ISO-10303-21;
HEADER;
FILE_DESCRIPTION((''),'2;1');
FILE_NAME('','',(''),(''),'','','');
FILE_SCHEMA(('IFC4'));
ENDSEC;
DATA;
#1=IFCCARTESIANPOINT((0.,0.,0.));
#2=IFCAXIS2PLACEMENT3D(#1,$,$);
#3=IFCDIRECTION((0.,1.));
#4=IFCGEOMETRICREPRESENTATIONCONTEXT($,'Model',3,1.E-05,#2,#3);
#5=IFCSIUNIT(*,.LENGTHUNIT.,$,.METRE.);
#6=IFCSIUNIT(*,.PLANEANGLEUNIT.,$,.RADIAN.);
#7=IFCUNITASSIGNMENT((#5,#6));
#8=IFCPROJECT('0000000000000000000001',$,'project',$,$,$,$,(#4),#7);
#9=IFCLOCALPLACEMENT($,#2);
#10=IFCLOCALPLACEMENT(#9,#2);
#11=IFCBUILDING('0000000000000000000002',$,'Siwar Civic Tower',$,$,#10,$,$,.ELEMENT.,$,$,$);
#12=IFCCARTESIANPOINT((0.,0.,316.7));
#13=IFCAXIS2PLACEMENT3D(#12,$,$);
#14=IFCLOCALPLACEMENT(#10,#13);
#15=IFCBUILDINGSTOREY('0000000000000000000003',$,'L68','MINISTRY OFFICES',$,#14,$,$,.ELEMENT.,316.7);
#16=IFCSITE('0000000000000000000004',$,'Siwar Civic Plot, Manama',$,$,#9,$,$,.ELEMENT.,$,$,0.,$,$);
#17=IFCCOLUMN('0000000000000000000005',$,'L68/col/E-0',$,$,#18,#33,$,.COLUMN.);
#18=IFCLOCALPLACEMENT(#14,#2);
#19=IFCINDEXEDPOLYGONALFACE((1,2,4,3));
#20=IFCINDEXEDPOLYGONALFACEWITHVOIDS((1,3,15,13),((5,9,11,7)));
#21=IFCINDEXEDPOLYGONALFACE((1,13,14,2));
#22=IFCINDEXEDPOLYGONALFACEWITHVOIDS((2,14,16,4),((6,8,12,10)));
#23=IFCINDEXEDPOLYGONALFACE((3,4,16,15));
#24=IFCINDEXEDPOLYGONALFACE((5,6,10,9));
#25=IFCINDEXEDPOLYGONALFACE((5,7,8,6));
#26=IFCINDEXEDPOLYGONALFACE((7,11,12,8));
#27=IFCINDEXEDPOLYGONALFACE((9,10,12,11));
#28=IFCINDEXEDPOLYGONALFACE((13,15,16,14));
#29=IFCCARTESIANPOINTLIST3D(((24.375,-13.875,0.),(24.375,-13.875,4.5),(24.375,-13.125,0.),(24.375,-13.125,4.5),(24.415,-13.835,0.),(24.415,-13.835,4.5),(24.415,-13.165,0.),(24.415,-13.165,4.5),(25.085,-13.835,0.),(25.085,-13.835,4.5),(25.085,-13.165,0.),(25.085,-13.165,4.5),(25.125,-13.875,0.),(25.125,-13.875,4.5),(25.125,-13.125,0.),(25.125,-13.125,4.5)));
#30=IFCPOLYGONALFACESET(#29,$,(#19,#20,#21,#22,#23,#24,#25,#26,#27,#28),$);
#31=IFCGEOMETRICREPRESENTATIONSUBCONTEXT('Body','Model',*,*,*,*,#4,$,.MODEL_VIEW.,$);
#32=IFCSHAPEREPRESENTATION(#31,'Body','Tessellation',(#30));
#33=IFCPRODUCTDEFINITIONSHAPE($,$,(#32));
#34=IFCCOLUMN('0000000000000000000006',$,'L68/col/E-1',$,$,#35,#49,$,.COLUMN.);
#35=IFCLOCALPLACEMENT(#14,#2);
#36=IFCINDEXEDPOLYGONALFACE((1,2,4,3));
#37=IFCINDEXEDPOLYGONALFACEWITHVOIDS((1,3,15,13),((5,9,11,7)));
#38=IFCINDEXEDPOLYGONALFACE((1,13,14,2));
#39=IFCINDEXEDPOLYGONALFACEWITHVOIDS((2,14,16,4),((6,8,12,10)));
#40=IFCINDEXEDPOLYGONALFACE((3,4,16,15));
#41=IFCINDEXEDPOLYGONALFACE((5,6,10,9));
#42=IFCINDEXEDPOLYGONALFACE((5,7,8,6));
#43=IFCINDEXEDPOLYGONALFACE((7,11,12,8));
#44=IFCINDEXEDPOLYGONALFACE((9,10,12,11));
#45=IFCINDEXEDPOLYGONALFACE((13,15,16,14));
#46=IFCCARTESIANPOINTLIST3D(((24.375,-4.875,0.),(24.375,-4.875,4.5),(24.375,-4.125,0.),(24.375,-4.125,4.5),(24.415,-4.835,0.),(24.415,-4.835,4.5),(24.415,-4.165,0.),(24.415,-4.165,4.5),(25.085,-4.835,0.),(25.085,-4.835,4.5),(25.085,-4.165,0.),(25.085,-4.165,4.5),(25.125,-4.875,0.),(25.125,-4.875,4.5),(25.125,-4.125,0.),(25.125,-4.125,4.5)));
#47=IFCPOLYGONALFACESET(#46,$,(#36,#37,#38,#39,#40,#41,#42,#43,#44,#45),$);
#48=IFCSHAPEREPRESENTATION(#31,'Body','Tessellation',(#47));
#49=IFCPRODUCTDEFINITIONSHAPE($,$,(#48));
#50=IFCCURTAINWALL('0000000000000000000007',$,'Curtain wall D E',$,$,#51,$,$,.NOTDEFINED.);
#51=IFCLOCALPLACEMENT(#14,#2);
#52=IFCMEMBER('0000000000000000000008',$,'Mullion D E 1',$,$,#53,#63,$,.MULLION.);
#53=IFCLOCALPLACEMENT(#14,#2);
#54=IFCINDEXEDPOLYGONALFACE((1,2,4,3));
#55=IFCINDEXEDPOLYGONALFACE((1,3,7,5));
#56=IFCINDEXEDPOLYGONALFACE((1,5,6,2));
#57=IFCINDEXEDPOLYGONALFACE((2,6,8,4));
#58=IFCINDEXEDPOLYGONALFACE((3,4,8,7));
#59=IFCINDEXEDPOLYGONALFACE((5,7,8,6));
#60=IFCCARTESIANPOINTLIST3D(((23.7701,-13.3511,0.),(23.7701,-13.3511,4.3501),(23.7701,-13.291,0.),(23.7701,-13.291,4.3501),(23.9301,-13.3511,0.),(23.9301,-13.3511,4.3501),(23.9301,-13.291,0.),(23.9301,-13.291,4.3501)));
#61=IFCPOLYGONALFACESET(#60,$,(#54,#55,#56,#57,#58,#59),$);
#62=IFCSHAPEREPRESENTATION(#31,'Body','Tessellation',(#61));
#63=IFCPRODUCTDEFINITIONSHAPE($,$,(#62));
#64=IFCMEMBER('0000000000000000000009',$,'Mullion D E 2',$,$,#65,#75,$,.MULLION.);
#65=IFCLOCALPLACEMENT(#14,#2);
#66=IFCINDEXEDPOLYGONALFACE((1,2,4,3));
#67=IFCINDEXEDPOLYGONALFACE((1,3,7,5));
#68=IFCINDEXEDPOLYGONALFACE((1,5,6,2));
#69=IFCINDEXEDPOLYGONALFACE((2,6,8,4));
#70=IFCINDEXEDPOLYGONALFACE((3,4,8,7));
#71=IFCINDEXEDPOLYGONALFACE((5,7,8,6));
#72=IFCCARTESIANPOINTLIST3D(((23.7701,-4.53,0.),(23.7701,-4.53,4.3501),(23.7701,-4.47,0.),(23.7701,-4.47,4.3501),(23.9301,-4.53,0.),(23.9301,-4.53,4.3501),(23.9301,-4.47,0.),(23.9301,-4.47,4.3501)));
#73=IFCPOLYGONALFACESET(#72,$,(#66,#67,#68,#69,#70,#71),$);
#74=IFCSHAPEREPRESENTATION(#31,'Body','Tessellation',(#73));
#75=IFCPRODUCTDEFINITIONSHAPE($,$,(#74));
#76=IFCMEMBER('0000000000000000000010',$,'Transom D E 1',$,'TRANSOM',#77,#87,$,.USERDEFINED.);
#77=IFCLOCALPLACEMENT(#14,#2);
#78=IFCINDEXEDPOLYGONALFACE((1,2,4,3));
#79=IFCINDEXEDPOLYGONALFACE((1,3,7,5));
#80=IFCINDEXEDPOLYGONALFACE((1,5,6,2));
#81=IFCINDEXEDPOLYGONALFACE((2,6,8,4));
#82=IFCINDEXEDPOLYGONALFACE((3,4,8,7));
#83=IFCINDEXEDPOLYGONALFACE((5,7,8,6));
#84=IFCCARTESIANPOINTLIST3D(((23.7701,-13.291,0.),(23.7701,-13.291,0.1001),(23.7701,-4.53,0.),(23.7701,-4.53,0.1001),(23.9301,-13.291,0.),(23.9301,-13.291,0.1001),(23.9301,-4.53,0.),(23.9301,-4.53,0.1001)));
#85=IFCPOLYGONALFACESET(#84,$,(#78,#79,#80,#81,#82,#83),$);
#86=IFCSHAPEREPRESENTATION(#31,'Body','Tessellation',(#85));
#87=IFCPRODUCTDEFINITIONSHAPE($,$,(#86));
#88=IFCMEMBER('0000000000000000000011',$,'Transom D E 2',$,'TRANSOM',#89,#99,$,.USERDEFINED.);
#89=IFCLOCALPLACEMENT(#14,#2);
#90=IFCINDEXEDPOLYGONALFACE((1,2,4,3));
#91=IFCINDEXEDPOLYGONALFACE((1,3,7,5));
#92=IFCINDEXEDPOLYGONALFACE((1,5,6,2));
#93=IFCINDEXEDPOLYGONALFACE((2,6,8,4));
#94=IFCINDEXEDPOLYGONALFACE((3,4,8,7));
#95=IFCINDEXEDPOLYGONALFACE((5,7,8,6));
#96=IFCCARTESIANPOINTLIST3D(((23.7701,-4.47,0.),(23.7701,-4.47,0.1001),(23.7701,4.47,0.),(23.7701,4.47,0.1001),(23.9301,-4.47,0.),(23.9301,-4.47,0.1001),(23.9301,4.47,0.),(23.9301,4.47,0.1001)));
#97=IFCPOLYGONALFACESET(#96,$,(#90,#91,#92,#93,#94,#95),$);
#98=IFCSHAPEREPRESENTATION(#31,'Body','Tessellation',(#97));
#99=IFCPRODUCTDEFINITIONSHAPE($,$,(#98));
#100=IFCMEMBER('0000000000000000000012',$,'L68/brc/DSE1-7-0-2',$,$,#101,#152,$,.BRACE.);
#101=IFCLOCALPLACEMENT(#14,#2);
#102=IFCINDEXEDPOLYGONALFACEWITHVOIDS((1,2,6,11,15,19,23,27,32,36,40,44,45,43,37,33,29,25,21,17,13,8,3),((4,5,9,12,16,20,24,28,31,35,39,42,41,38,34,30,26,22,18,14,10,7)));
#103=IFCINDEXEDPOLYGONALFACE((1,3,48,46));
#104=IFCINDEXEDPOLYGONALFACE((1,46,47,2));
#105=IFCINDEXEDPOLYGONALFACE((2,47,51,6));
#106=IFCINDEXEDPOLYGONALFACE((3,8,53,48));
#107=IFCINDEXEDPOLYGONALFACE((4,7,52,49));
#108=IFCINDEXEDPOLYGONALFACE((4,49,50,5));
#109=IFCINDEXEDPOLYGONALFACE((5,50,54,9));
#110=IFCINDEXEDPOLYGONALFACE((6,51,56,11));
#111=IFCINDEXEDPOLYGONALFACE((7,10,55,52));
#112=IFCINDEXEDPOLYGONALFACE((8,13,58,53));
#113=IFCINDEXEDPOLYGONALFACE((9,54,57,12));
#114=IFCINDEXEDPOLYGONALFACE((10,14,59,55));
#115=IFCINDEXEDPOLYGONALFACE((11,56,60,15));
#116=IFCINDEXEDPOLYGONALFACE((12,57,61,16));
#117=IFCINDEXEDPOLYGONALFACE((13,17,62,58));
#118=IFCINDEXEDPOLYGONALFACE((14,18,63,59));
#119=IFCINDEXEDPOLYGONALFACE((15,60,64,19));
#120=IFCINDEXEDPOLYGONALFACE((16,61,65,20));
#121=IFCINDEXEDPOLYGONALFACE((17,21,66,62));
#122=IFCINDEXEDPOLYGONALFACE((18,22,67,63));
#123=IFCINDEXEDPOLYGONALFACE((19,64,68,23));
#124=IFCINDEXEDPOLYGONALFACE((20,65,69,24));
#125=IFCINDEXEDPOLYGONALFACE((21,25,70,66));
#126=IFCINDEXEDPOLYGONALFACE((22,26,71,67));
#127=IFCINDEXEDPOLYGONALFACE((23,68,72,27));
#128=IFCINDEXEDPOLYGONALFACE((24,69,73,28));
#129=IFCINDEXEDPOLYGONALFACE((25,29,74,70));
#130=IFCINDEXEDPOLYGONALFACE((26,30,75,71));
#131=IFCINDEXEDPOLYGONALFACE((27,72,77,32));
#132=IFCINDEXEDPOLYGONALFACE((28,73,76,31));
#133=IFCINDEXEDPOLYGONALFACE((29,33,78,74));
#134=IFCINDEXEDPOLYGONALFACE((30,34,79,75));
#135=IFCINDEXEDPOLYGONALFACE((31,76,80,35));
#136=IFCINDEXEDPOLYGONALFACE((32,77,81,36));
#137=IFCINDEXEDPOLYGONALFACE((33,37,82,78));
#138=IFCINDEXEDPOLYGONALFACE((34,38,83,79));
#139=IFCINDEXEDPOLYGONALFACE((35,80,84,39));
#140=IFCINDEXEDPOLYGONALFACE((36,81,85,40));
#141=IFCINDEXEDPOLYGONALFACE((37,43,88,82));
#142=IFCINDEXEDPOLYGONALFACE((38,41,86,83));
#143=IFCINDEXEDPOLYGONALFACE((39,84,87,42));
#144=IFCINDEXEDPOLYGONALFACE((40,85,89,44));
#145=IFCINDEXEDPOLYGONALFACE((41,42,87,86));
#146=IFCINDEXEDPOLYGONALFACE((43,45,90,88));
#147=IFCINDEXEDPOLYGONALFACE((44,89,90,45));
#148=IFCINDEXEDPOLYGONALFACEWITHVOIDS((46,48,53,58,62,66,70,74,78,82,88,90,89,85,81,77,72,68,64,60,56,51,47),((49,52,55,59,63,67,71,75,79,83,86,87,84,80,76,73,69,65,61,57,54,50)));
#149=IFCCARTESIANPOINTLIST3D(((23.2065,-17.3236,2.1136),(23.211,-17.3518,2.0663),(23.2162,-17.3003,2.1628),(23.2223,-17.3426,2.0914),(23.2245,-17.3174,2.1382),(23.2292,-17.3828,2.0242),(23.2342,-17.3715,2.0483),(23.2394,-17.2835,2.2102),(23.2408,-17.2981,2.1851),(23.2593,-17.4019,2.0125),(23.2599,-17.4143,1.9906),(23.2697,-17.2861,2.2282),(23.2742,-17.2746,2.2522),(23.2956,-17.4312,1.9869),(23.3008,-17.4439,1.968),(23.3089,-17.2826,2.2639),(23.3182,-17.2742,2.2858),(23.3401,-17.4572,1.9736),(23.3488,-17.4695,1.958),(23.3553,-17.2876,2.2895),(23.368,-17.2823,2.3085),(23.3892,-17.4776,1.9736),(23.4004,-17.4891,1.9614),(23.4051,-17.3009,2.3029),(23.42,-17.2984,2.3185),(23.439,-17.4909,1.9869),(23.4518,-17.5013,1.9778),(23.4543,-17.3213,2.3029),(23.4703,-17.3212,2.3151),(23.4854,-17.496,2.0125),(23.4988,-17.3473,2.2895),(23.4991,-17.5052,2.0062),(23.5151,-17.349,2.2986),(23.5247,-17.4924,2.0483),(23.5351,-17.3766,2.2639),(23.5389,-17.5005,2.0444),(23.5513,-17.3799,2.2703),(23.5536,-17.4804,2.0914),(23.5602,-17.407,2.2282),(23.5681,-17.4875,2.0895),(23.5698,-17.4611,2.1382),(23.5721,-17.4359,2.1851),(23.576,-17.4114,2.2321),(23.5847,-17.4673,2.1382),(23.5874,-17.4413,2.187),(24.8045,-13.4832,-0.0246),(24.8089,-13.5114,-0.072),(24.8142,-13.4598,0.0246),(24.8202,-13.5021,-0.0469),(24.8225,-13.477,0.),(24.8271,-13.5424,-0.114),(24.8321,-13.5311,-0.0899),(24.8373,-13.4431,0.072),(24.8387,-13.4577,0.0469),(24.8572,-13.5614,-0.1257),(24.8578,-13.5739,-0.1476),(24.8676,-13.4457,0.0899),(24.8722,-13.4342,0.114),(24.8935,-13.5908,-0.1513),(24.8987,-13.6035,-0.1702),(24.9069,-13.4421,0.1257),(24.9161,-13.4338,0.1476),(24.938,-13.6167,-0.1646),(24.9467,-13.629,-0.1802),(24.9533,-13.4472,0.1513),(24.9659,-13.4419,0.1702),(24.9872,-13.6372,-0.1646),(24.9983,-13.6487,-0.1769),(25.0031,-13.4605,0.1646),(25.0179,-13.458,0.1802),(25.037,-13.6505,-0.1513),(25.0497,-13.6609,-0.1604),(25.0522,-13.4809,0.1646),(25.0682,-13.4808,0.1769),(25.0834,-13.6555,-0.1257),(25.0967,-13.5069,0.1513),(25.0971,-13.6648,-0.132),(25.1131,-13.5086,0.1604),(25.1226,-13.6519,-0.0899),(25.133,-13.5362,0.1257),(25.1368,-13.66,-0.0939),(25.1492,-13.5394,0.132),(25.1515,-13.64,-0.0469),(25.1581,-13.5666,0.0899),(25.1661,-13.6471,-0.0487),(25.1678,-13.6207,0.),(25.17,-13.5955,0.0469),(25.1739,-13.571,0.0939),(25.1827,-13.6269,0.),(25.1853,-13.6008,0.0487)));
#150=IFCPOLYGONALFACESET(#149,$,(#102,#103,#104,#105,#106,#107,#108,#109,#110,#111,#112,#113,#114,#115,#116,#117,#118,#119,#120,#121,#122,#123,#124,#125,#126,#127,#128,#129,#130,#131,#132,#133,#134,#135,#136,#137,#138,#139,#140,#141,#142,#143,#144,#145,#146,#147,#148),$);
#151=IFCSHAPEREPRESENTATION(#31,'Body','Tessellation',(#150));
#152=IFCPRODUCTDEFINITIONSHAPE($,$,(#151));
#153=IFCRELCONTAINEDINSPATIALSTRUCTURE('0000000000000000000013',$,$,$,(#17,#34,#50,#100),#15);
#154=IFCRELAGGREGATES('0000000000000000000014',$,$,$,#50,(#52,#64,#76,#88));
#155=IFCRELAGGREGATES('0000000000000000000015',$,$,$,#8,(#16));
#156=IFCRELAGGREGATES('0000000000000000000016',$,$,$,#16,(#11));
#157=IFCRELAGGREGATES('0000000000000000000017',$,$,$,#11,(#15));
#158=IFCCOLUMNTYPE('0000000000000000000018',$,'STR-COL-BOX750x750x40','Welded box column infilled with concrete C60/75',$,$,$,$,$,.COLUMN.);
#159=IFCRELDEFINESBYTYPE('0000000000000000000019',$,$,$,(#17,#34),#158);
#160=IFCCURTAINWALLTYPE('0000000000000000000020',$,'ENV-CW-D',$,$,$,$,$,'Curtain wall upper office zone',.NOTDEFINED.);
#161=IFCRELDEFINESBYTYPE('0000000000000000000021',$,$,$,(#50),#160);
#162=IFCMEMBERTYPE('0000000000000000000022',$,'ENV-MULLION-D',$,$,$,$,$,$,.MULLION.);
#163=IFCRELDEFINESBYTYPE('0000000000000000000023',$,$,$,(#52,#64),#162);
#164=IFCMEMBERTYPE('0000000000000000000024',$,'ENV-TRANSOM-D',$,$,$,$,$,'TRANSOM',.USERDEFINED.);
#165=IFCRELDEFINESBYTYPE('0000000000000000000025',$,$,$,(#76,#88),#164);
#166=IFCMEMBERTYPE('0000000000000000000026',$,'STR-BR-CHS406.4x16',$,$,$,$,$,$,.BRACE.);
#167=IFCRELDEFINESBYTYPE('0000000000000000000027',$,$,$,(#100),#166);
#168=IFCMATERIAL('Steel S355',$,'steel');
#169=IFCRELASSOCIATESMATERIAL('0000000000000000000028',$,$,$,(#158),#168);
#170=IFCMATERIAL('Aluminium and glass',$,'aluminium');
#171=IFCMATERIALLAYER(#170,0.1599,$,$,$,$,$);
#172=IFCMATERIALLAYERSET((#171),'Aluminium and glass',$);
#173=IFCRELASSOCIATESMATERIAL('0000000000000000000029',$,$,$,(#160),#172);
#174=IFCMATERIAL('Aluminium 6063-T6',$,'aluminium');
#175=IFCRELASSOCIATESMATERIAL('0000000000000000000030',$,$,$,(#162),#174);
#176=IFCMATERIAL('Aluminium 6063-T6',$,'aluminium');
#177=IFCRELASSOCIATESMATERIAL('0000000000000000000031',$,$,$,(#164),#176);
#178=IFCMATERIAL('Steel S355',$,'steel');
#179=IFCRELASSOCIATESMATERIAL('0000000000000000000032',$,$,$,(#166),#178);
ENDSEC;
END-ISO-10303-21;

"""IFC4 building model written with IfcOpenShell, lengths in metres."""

from ifc_helpers import new_model, si_unit, direction, frame, origin, origin_2d, place, context, subcontext, project, spatial, rectangle, hollow_rectangle, hollow_circle, extrude, material, layer, layer_set, material_profile, profile_set, type_object, element, aggregate, save


model = new_model("IFC4")

# Units and contexts
model_context = context("Model", 3, precision=1e-05, world=origin(), true_north=direction((0.0, 1.0)))
body_context = subcontext(model_context, "Body", "Model", "MODEL_VIEW")
ifc_project = project(units=[si_unit("LENGTHUNIT", "METRE"), si_unit("PLANEANGLEUNIT", "RADIAN")], contexts=[model_context])

# Site, building, storey
site_placement = place(None, origin())
site = spatial("IfcSite", under=ifc_project, at=site_placement, Name="Siwar Civic Plot, Manama", CompositionType="ELEMENT", RefElevation=0.0)
building_placement = place(site_placement, origin())
building = spatial("IfcBuilding", under=site, at=building_placement, Name="Siwar Civic Tower", CompositionType="ELEMENT")
storey_placement = place(building_placement, frame((0.0, 0.0, 316.7)))
storey = spatial("IfcBuildingStorey", under=building, at=storey_placement, Name="L68", Description="MINISTRY OFFICES", CompositionType="ELEMENT", Elevation=316.7)

# Columns
ifc_material_1 = material(Name="Steel S355", Category="steel")
ifc_material_profile_1 = material_profile(ifc_material_1, hollow_rectangle(XDim=0.75, YDim=0.75, WallThickness=0.04, at=origin_2d()), Name="BOX750x750x40")
ifc_profile_set_1 = profile_set([ifc_material_profile_1], Name="Steel S355")
column_type = type_object("IfcColumnType", Name="STR-COL-BOX750x750x40", Description="Welded box column infilled with concrete C60/75", PredefinedType="COLUMN", material=ifc_profile_set_1)
for number, where, z_axis, x_axis, name in (
    (1, (24.75, -13.5, 0.0), (0.0, 0.0, 1.0), (1.0, 0.0, 0.0), "L68/col/E-0"),
    (2, (24.75, -4.5, 0.0), (0.0, 0.0, 1.0), (1.0, 0.0, 0.0), "L68/col/E-1"),
):
    element("IfcColumn", number, at=place(storey_placement, frame(where, z_axis=z_axis, x_axis=x_axis)), inside=storey, type_object=column_type, Name=name, PredefinedType="COLUMN", context=body_context, shape_type="SweptSolid", body=[
        extrude(hollow_rectangle(XDim=0.75, YDim=0.75, WallThickness=0.04, at=origin_2d()), origin(), (0.0, 0.0, 1.0), 4.5),
    ])

# Curtain wall, members
ifc_material_2 = material(Name="Aluminium and glass", Category="aluminium")
ifc_layer_1 = layer(ifc_material_2, 0.1599)
ifc_layer_set_1 = layer_set([ifc_layer_1], Name="Aluminium and glass")
curtain_wall_type = type_object("IfcCurtainWallType", Name="ENV-CW-D", ElementType="Curtain wall upper office zone", PredefinedType="NOTDEFINED", material=ifc_layer_set_1)
curtain_wall_placement = place(storey_placement, origin())
curtain_wall = element("IfcCurtainWall", 3, at=curtain_wall_placement, inside=storey, type_object=curtain_wall_type, Name="Curtain wall D E", PredefinedType="NOTDEFINED")
ifc_material_3 = material(Name="Aluminium 6063-T6", Category="aluminium")
ifc_material_profile_2 = material_profile(ifc_material_3, rectangle(XDim=0.1599, YDim=0.0601, at=origin_2d()), Name="AL 160x60")
ifc_profile_set_2 = profile_set([ifc_material_profile_2], Name="Aluminium 6063-T6")
member_type_1 = type_object("IfcMemberType", Name="ENV-MULLION-D", PredefinedType="MULLION", material=ifc_profile_set_2)
member_1_placement = place(storey_placement, frame((23.8501, -13.321, 0.0), z_axis=(0.0, 0.0, 1.0), x_axis=(-1.0, 0.0, 0.0)))
member_1 = element("IfcMember", 4, at=member_1_placement, type_object=member_type_1, Name="Mullion D E 1", PredefinedType="MULLION", context=body_context, shape_type="SweptSolid", body=[
    extrude(rectangle(XDim=0.1599, YDim=0.0601, at=origin_2d()), origin(), (0.0, 0.0, 1.0), 4.3501),
])
member_2_placement = place(storey_placement, frame((23.8501, -4.5, 0.0), z_axis=(0.0, 0.0, 1.0), x_axis=(-1.0, 0.0, 0.0)))
member_2 = element("IfcMember", 5, at=member_2_placement, type_object=member_type_1, Name="Mullion D E 2", PredefinedType="MULLION", context=body_context, shape_type="SweptSolid", body=[
    extrude(rectangle(XDim=0.1599, YDim=0.0601, at=origin_2d()), origin(), (0.0, 0.0, 1.0), 4.3501),
])
ifc_material_4 = material(Name="Aluminium 6063-T6", Category="aluminium")
ifc_material_profile_3 = material_profile(ifc_material_4, rectangle(XDim=0.1599, YDim=0.1001, at=origin_2d()), Name="AL 160x100")
ifc_profile_set_3 = profile_set([ifc_material_profile_3], Name="Aluminium 6063-T6")
member_type_2 = type_object("IfcMemberType", Name="ENV-TRANSOM-D", ElementType="TRANSOM", PredefinedType="USERDEFINED", material=ifc_profile_set_3)
member_3_placement = place(storey_placement, frame((23.8501, -13.291, 0.05), z_axis=(0.0, 1.0, 0.0), x_axis=(-1.0, 0.0, 0.0)))
member_3 = element("IfcMember", 6, at=member_3_placement, type_object=member_type_2, Name="Transom D E 1", ObjectType="TRANSOM", PredefinedType="USERDEFINED", context=body_context, shape_type="SweptSolid", body=[
    extrude(rectangle(XDim=0.1599, YDim=0.1001, at=origin_2d()), origin(), (0.0, 0.0, 1.0), 8.761),
])
member_4_placement = place(storey_placement, frame((23.8501, -4.47, 0.05), z_axis=(0.0, 1.0, 0.0), x_axis=(-1.0, 0.0, 0.0)))
member_4 = element("IfcMember", 7, at=member_4_placement, type_object=member_type_2, Name="Transom D E 2", ObjectType="TRANSOM", PredefinedType="USERDEFINED", context=body_context, shape_type="SweptSolid", body=[
    extrude(rectangle(XDim=0.1599, YDim=0.1001, at=origin_2d()), origin(), (0.0, 0.0, 1.0), 8.9399),
])

# Member
ifc_material_5 = material(Name="Steel S355", Category="steel")
ifc_material_profile_4 = material_profile(ifc_material_5, hollow_circle(Radius=0.2031, WallThickness=0.0161, at=origin_2d()), Name="CHS406.4x16")
ifc_profile_set_4 = profile_set([ifc_material_profile_4], Name="Steel S355")
member_type_3 = type_object("IfcMemberType", Name="STR-BR-CHS406.4x16", PredefinedType="BRACE", material=ifc_profile_set_4)
member_5_placement = place(storey_placement, frame((24.9951, -13.5488, 0.0), z_axis=(-0.341659, -0.82113, 0.457181), x_axis=(0.923268, -0.384157, 0.0)))
element("IfcMember", 8, at=member_5_placement, inside=storey, type_object=member_type_3, Name="L68/brc/DSE1-7-0-2", PredefinedType="BRACE", context=body_context, shape_type="SweptSolid", body=[
    extrude(hollow_circle(Radius=0.2031, WallThickness=0.0161, at=origin_2d()), origin(), (0.0, 0.0, 1.0), 4.677),
])

aggregate(curtain_wall, [member_1, member_2, member_3, member_4])

save(model, "model.ifc")
